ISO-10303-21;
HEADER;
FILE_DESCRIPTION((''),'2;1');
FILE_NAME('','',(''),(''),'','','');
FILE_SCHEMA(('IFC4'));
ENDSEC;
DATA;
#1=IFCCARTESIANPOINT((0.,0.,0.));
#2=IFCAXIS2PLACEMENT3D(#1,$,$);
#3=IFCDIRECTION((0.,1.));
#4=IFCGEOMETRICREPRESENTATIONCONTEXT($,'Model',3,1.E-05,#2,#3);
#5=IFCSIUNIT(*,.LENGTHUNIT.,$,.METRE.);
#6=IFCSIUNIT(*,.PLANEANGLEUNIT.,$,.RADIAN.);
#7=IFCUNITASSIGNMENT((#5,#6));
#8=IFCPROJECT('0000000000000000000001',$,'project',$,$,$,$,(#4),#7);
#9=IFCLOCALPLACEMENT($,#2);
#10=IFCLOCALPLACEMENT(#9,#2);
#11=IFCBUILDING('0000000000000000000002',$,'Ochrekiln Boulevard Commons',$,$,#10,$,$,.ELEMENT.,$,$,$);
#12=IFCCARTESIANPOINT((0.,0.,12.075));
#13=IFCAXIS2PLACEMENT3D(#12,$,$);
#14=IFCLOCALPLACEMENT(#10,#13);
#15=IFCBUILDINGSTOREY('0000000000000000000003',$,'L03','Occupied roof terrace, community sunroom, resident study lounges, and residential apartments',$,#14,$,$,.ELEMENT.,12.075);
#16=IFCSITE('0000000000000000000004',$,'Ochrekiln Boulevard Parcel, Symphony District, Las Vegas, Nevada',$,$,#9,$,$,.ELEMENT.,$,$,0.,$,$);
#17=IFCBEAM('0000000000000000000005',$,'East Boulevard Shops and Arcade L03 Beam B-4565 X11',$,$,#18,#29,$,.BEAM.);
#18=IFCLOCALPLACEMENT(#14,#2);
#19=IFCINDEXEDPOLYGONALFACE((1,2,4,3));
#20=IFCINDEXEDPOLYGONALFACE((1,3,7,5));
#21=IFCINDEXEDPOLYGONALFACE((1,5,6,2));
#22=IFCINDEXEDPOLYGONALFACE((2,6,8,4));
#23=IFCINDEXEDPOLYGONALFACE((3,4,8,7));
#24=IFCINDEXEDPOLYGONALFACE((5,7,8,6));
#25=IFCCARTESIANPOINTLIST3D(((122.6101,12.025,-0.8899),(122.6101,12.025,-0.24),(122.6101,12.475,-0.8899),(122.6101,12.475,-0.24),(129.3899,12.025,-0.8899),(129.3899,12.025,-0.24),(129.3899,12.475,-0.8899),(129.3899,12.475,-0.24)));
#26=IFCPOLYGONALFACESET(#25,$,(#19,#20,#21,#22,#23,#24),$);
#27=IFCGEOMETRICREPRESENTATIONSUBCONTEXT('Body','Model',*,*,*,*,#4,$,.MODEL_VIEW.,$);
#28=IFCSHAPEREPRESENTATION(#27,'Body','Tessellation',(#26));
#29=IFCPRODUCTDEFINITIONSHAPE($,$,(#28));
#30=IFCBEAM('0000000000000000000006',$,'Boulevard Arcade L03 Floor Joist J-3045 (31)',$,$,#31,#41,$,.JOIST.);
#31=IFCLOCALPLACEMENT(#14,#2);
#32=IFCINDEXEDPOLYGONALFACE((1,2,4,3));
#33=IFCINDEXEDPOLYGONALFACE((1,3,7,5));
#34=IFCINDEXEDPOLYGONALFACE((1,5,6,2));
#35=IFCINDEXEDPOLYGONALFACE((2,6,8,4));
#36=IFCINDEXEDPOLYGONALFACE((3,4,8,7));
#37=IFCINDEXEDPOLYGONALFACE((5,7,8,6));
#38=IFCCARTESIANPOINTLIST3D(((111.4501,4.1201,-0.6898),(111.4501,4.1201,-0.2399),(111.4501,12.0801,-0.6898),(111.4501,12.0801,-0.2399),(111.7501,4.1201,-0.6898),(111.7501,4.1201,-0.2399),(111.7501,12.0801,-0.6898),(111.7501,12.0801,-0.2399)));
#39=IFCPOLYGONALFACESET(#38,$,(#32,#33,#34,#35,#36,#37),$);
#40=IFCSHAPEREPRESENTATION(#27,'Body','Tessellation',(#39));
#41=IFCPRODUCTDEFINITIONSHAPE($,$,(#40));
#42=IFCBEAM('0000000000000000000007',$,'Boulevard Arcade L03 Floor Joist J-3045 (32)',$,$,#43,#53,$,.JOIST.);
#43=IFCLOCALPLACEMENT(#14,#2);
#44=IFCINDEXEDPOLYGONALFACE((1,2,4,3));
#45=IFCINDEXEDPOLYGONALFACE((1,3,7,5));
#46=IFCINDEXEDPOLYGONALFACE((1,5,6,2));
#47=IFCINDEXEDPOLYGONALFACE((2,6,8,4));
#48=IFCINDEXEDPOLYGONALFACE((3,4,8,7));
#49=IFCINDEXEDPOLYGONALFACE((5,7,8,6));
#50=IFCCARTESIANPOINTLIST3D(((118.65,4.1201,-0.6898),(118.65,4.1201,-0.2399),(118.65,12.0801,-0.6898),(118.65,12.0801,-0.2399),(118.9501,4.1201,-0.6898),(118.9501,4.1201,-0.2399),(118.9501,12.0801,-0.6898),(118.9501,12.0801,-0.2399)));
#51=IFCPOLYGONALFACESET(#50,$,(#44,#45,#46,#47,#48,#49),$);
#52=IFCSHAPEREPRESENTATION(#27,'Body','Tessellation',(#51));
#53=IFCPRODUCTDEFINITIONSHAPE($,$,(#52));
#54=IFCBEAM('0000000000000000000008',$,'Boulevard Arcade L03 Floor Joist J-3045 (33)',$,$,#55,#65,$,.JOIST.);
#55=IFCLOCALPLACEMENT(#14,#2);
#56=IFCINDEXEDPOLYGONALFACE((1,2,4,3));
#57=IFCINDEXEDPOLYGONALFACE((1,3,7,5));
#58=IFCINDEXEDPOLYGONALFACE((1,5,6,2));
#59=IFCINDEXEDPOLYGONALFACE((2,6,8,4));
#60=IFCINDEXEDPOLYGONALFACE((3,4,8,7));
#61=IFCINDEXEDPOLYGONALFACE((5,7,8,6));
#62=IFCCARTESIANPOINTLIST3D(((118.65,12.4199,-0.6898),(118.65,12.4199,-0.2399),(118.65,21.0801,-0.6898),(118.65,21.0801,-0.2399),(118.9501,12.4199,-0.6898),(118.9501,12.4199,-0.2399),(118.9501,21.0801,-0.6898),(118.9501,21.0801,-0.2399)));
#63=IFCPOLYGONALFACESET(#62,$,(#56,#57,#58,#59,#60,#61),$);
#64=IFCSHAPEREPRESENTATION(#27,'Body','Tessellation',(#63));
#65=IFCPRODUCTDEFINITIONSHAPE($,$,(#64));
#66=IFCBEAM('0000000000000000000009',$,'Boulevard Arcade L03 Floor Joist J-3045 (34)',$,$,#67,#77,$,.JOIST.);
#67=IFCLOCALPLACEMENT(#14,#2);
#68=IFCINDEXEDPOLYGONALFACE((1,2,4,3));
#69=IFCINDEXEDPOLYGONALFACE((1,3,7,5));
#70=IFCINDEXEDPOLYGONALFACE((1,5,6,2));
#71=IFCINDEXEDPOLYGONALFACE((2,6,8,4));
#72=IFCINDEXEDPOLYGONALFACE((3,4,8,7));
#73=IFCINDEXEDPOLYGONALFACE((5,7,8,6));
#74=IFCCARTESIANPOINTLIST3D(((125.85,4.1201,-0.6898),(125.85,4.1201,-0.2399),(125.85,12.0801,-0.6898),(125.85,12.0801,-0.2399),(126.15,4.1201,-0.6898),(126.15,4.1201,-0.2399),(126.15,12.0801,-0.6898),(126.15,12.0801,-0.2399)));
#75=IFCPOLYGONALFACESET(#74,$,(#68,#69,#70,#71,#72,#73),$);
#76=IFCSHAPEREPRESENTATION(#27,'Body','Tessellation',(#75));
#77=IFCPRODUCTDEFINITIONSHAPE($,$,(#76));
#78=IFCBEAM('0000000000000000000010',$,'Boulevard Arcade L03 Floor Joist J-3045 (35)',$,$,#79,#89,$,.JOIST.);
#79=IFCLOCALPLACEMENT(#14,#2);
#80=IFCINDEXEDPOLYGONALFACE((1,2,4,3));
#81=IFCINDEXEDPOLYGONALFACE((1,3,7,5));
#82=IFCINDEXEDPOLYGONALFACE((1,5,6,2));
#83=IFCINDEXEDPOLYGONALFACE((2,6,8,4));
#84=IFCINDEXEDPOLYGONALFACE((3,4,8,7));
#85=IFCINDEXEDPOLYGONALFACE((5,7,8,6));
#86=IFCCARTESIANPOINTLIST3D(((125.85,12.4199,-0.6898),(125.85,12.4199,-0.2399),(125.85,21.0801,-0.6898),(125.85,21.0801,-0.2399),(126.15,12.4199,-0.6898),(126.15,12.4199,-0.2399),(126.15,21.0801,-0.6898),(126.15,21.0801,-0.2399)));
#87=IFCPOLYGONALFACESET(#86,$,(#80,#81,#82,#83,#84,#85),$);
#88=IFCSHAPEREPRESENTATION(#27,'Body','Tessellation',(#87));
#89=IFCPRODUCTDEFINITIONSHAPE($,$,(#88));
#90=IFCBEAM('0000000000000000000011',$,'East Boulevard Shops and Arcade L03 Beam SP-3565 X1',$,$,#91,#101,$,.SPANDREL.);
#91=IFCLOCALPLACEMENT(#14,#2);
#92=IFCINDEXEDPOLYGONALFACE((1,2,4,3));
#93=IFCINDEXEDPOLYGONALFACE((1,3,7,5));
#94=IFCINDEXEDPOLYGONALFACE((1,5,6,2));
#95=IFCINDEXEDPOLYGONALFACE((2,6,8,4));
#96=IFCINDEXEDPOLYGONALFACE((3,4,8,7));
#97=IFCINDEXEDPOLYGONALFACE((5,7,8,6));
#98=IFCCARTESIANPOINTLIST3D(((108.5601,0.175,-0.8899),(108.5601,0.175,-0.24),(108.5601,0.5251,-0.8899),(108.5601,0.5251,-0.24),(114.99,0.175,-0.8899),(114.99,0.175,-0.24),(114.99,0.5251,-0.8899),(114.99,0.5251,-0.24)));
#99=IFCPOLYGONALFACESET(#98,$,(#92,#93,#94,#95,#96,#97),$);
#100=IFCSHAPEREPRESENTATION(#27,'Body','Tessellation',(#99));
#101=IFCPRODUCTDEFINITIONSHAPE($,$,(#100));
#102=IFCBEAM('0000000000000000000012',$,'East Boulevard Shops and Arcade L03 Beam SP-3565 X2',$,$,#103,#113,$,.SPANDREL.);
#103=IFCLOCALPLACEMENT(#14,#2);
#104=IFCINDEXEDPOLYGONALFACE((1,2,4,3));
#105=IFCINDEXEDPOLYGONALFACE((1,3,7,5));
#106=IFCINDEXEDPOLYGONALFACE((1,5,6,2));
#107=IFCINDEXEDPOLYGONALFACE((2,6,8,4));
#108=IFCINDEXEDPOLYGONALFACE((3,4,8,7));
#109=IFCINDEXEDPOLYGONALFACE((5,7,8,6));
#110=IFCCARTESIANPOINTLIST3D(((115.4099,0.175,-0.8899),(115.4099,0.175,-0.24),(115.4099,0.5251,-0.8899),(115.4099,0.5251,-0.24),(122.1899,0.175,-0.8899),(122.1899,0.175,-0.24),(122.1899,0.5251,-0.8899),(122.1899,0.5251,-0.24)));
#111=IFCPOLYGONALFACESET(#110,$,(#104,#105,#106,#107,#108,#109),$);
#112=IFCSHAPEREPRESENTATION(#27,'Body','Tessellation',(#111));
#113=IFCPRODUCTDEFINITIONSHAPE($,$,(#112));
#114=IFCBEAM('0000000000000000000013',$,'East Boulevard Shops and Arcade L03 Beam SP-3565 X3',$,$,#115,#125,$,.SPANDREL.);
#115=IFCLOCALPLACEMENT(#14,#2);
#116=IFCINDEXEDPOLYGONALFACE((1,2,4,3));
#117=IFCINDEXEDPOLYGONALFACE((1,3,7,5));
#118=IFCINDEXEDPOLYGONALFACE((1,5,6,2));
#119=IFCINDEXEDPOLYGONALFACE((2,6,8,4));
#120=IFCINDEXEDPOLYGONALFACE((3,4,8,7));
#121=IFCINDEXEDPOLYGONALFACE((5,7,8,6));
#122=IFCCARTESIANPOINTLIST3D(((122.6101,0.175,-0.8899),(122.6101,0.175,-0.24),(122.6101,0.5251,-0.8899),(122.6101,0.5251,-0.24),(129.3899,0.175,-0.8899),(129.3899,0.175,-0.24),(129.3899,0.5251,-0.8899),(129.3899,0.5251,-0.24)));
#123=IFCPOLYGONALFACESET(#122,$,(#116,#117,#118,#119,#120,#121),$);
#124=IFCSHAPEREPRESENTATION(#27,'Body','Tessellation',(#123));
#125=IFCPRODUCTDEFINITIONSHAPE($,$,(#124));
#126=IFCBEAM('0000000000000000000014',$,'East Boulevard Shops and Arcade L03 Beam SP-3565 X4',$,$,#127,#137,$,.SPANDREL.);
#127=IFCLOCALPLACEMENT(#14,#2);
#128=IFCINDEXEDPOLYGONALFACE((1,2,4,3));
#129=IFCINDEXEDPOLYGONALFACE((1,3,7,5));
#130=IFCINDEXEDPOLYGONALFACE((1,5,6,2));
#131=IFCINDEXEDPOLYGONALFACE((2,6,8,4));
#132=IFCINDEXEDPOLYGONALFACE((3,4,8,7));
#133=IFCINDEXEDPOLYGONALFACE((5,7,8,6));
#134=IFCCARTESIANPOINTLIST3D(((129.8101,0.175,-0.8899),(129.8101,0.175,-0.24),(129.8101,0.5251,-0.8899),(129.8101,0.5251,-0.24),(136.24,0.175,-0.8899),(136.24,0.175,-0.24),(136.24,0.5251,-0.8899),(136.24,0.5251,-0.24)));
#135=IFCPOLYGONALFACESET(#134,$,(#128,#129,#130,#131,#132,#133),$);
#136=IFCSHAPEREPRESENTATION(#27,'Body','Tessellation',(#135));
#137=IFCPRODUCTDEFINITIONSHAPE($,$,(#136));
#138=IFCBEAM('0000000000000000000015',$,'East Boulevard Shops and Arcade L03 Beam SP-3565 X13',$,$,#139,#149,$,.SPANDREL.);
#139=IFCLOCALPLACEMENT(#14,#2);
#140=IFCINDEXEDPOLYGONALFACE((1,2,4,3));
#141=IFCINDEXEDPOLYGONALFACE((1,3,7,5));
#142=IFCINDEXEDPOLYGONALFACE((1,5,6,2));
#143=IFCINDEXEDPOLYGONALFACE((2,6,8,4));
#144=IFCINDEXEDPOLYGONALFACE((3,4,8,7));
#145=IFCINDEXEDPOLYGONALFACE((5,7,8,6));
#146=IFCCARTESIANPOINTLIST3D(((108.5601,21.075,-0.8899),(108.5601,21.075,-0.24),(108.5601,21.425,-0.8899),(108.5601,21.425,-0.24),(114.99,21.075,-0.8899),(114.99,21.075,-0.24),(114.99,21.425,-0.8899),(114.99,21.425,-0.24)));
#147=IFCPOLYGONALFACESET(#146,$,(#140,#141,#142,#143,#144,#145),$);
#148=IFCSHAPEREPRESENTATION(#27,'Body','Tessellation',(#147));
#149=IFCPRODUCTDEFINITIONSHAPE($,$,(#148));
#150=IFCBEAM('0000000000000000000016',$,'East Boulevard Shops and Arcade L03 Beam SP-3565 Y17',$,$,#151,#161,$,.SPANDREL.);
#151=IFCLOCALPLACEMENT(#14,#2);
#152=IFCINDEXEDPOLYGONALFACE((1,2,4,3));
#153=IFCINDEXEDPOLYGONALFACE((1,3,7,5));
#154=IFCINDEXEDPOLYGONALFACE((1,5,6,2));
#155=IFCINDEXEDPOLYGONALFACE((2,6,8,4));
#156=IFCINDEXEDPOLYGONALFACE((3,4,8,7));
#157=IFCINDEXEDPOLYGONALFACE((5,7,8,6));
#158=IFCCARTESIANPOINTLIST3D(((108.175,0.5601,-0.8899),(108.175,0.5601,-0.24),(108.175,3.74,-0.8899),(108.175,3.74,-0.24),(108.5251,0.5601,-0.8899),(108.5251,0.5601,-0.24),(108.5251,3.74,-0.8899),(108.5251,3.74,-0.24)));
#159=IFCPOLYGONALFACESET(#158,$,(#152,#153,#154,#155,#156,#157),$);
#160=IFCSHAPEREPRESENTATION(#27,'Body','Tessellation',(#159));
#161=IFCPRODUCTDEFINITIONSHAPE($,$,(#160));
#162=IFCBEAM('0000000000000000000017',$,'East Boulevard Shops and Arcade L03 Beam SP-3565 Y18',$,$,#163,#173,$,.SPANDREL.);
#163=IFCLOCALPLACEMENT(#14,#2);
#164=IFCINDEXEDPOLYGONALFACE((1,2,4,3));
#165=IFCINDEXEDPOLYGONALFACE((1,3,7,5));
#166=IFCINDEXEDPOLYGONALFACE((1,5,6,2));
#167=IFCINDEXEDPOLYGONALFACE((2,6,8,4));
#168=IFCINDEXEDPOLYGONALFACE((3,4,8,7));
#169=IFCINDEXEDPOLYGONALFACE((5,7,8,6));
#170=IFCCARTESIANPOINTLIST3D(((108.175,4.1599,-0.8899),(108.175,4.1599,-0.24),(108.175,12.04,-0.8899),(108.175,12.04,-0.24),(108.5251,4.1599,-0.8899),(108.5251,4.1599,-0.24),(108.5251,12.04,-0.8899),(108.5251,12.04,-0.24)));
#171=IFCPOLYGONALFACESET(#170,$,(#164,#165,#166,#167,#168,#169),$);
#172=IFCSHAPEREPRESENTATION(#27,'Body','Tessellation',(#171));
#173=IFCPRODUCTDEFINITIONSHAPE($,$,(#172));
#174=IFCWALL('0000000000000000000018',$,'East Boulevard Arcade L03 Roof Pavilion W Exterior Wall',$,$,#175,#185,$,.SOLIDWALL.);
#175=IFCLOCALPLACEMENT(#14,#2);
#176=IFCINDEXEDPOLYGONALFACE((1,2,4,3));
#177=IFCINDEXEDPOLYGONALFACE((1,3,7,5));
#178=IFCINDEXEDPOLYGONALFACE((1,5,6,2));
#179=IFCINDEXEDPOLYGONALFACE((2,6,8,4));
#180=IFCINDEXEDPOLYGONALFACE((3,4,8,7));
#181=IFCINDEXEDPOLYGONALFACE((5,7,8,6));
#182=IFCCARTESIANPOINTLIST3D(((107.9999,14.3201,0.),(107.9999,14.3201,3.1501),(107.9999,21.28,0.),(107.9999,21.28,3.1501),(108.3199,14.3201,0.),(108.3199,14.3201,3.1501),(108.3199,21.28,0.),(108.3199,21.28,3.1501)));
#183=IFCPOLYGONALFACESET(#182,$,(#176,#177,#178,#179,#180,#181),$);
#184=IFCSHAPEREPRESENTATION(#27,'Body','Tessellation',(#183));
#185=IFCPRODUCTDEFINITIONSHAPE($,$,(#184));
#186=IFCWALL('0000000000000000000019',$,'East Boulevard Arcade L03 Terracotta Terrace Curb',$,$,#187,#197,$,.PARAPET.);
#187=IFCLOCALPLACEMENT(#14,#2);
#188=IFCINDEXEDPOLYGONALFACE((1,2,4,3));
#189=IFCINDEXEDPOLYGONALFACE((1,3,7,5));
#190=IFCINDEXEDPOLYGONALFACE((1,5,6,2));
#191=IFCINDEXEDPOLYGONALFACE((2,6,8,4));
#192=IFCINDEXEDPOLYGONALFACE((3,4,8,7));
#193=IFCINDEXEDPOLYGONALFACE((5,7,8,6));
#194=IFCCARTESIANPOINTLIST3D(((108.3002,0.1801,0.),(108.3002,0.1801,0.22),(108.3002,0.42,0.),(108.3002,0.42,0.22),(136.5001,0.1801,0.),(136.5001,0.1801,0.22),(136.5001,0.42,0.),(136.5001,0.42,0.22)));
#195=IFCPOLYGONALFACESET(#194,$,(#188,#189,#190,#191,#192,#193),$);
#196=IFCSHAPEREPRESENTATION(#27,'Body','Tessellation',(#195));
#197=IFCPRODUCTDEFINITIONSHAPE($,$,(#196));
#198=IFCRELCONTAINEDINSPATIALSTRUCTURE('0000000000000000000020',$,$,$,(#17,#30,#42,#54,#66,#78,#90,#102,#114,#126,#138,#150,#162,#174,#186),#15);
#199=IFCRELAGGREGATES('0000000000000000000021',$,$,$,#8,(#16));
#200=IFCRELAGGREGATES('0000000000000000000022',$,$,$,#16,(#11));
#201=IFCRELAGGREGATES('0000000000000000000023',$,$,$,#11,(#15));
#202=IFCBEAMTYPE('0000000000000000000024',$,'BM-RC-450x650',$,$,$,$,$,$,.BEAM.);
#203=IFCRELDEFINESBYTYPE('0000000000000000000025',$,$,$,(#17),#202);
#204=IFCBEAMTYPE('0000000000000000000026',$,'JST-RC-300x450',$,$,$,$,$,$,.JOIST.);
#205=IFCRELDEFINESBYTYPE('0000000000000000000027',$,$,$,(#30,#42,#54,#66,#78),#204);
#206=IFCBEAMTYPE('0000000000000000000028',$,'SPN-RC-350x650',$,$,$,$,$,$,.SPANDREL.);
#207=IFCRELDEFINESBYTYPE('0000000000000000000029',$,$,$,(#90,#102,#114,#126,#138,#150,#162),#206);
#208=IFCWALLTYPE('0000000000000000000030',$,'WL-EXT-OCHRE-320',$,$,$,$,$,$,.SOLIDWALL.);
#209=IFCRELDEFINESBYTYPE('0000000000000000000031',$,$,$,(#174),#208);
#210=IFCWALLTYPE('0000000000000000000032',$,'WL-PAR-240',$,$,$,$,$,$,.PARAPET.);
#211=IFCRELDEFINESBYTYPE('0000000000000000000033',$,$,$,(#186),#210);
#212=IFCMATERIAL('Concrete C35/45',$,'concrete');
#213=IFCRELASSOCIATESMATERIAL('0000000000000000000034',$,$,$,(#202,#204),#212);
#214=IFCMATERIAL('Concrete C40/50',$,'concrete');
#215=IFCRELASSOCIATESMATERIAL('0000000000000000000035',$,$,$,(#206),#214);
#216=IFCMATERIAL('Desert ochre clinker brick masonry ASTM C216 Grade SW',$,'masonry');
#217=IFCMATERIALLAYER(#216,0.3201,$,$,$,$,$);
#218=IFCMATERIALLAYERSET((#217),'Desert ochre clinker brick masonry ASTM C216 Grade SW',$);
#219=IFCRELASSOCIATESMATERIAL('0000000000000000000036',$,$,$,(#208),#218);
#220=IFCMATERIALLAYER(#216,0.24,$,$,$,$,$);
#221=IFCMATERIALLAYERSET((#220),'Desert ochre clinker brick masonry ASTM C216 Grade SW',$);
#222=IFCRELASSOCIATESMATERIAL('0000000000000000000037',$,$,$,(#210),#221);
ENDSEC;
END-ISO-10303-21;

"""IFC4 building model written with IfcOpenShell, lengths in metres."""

from ifc_helpers import new_model, si_unit, direction, frame, frame_2d, origin, origin_2d, place, context, subcontext, project, spatial, rectangle, extrude, material, layer, layer_set, material_profile, profile_set, type_object, element, save


model = new_model("IFC4")

# Units and contexts
model_context = context("Model", 3, precision=1e-05, world=origin(), true_north=direction((0.0, 1.0)))
body_context = subcontext(model_context, "Body", "Model", "MODEL_VIEW")
ifc_project = project(units=[si_unit("LENGTHUNIT", "METRE"), si_unit("PLANEANGLEUNIT", "RADIAN")], contexts=[model_context])

# Site, building, storey
site_placement = place(None, origin())
site = spatial("IfcSite", under=ifc_project, at=site_placement, Name="Ochrekiln Boulevard Parcel, Symphony District, Las Vegas, Nevada", CompositionType="ELEMENT", RefElevation=0.0)
building_placement = place(site_placement, origin())
building = spatial("IfcBuilding", under=site, at=building_placement, Name="Ochrekiln Boulevard Commons", CompositionType="ELEMENT")
storey_placement = place(building_placement, frame((0.0, 0.0, 12.075)))
storey = spatial("IfcBuildingStorey", under=building, at=storey_placement, Name="L03", Description="Occupied roof terrace, community sunroom, resident study lounges, and residential apartments", CompositionType="ELEMENT", Elevation=12.075)

# Beams
ifc_material_1 = material(Name="Concrete C35/45", Category="concrete")
ifc_material_profile_1 = material_profile(ifc_material_1, rectangle(XDim=0.45, YDim=0.6499, at=origin_2d()), Name="RC-BM-450x650")
ifc_profile_set_1 = profile_set([ifc_material_profile_1], Name="Concrete C35/45")
beam_type_1 = type_object("IfcBeamType", Name="BM-RC-450x650", PredefinedType="BEAM", material=ifc_profile_set_1)
beam_1_placement = place(storey_placement, frame((122.6101, 12.25, -0.5649), z_axis=(1.0, 0.0, 0.0), x_axis=(0.0, 1.0, 0.0)))
element("IfcBeam", 1, at=beam_1_placement, inside=storey, type_object=beam_type_1, Name="East Boulevard Shops and Arcade L03 Beam B-4565 X11", PredefinedType="BEAM", context=body_context, shape_type="SweptSolid", body=[
    extrude(rectangle(XDim=0.45, YDim=0.6499, at=origin_2d()), origin(), (0.0, 0.0, 1.0), 6.7798),
])
ifc_material_profile_2 = material_profile(ifc_material_1, rectangle(XDim=0.3, YDim=0.45, at=origin_2d()), Name="RC-JST-300x450")
ifc_profile_set_2 = profile_set([ifc_material_profile_2], Name="Concrete C35/45")
beam_type_2 = type_object("IfcBeamType", Name="JST-RC-300x450", PredefinedType="JOIST", material=ifc_profile_set_2)
for number, where, z_axis, x_axis, name in (
    (2, (111.6001, 4.1201, -0.4648), (0.0, 1.0, 0.0), (-1.0, 0.0, 0.0), "Boulevard Arcade L03 Floor Joist J-3045 (31)"),
    (3, (118.8, 4.1201, -0.4648), (0.0, 1.0, 0.0), (-1.0, 0.0, 0.0), "Boulevard Arcade L03 Floor Joist J-3045 (32)"),
):
    element("IfcBeam", number, at=place(storey_placement, frame(where, z_axis=z_axis, x_axis=x_axis)), inside=storey, type_object=beam_type_2, Name=name, PredefinedType="JOIST", context=body_context, shape_type="SweptSolid", body=[
        extrude(rectangle(XDim=0.3, YDim=0.45, at=origin_2d()), origin(), (0.0, 0.0, 1.0), 7.96),
    ])
beam_2_placement = place(storey_placement, frame((118.8, 12.4199, -0.4648), z_axis=(0.0, 1.0, 0.0), x_axis=(-1.0, 0.0, 0.0)))
element("IfcBeam", 4, at=beam_2_placement, inside=storey, type_object=beam_type_2, Name="Boulevard Arcade L03 Floor Joist J-3045 (33)", PredefinedType="JOIST", context=body_context, shape_type="SweptSolid", body=[
    extrude(rectangle(XDim=0.3, YDim=0.45, at=origin_2d()), origin(), (0.0, 0.0, 1.0), 8.6602),
])
beam_3_placement = place(storey_placement, frame((126.0, 4.1201, -0.4648), z_axis=(0.0, 1.0, 0.0), x_axis=(-1.0, 0.0, 0.0)))
element("IfcBeam", 5, at=beam_3_placement, inside=storey, type_object=beam_type_2, Name="Boulevard Arcade L03 Floor Joist J-3045 (34)", PredefinedType="JOIST", context=body_context, shape_type="SweptSolid", body=[
    extrude(rectangle(XDim=0.3, YDim=0.45, at=origin_2d()), origin(), (0.0, 0.0, 1.0), 7.96),
])
beam_4_placement = place(storey_placement, frame((126.0, 12.4199, -0.4648), z_axis=(0.0, 1.0, 0.0), x_axis=(-1.0, 0.0, 0.0)))
element("IfcBeam", 6, at=beam_4_placement, inside=storey, type_object=beam_type_2, Name="Boulevard Arcade L03 Floor Joist J-3045 (35)", PredefinedType="JOIST", context=body_context, shape_type="SweptSolid", body=[
    extrude(rectangle(XDim=0.3, YDim=0.45, at=origin_2d()), origin(), (0.0, 0.0, 1.0), 8.6602),
])
ifc_material_2 = material(Name="Concrete C40/50", Category="concrete")
ifc_material_profile_3 = material_profile(ifc_material_2, rectangle(XDim=0.3501, YDim=0.6499, at=origin_2d()), Name="RC-SPN-350x650")
ifc_profile_set_3 = profile_set([ifc_material_profile_3], Name="Concrete C40/50")
beam_type_3 = type_object("IfcBeamType", Name="SPN-RC-350x650", PredefinedType="SPANDREL", material=ifc_profile_set_3)
beam_5_placement = place(storey_placement, frame((108.5601, 0.3501, -0.5649), z_axis=(1.0, 0.0, 0.0), x_axis=(0.0, 1.0, 0.0)))
element("IfcBeam", 7, at=beam_5_placement, inside=storey, type_object=beam_type_3, Name="East Boulevard Shops and Arcade L03 Beam SP-3565 X1", PredefinedType="SPANDREL", context=body_context, shape_type="SweptSolid", body=[
    extrude(rectangle(XDim=0.3501, YDim=0.6499, at=origin_2d()), origin(), (0.0, 0.0, 1.0), 6.4299),
])
beam_6_placement = place(storey_placement, frame((115.4099, 0.3501, -0.5649), z_axis=(1.0, 0.0, 0.0), x_axis=(0.0, 1.0, 0.0)))
element("IfcBeam", 8, at=beam_6_placement, inside=storey, type_object=beam_type_3, Name="East Boulevard Shops and Arcade L03 Beam SP-3565 X2", PredefinedType="SPANDREL", context=body_context, shape_type="SweptSolid", body=[
    extrude(rectangle(XDim=0.3501, YDim=0.6499, at=origin_2d()), origin(), (0.0, 0.0, 1.0), 6.78),
])
beam_7_placement = place(storey_placement, frame((122.6101, 0.3501, -0.5649), z_axis=(1.0, 0.0, 0.0), x_axis=(0.0, 1.0, 0.0)))
element("IfcBeam", 9, at=beam_7_placement, inside=storey, type_object=beam_type_3, Name="East Boulevard Shops and Arcade L03 Beam SP-3565 X3", PredefinedType="SPANDREL", context=body_context, shape_type="SweptSolid", body=[
    extrude(rectangle(XDim=0.3501, YDim=0.6499, at=origin_2d()), origin(), (0.0, 0.0, 1.0), 6.7798),
])
for number, where, z_axis, x_axis, name in (
    (10, (129.8101, 0.3501, -0.5649), (1.0, 0.0, 0.0), (0.0, 1.0, 0.0), "East Boulevard Shops and Arcade L03 Beam SP-3565 X4"),
    (11, (108.5601, 21.25, -0.5649), (1.0, 0.0, 0.0), (0.0, 1.0, 0.0), "East Boulevard Shops and Arcade L03 Beam SP-3565 X13"),
):
    element("IfcBeam", number, at=place(storey_placement, frame(where, z_axis=z_axis, x_axis=x_axis)), inside=storey, type_object=beam_type_3, Name=name, PredefinedType="SPANDREL", context=body_context, shape_type="SweptSolid", body=[
        extrude(rectangle(XDim=0.3501, YDim=0.6499, at=origin_2d()), origin(), (0.0, 0.0, 1.0), 6.4299),
    ])
beam_8_placement = place(storey_placement, frame((108.3501, 0.5601, -0.5649), z_axis=(0.0, 1.0, 0.0), x_axis=(-1.0, 0.0, 0.0)))
element("IfcBeam", 12, at=beam_8_placement, inside=storey, type_object=beam_type_3, Name="East Boulevard Shops and Arcade L03 Beam SP-3565 Y17", PredefinedType="SPANDREL", context=body_context, shape_type="SweptSolid", body=[
    extrude(rectangle(XDim=0.3501, YDim=0.6499, at=origin_2d()), origin(), (0.0, 0.0, 1.0), 3.1799),
])
beam_9_placement = place(storey_placement, frame((108.3501, 4.1599, -0.5649), z_axis=(0.0, 1.0, 0.0), x_axis=(-1.0, 0.0, 0.0)))
element("IfcBeam", 13, at=beam_9_placement, inside=storey, type_object=beam_type_3, Name="East Boulevard Shops and Arcade L03 Beam SP-3565 Y18", PredefinedType="SPANDREL", context=body_context, shape_type="SweptSolid", body=[
    extrude(rectangle(XDim=0.3501, YDim=0.6499, at=origin_2d()), origin(), (0.0, 0.0, 1.0), 7.8801),
])

# Walls
ifc_material_3 = material(Name="Desert ochre clinker brick masonry ASTM C216 Grade SW", Category="masonry")
ifc_layer_1 = layer(ifc_material_3, 0.3201)
ifc_layer_set_1 = layer_set([ifc_layer_1], Name="Desert ochre clinker brick masonry ASTM C216 Grade SW")
wall_type_1 = type_object("IfcWallType", Name="WL-EXT-OCHRE-320", PredefinedType="SOLIDWALL", material=ifc_layer_set_1)
wall_1_placement = place(storey_placement, frame((108.1599, 14.3201, 0.0), z_axis=(0.0, 0.0, 1.0), x_axis=(0.0, 1.0, 0.0)))
element("IfcWall", 14, at=wall_1_placement, inside=storey, type_object=wall_type_1, Name="East Boulevard Arcade L03 Roof Pavilion W Exterior Wall", PredefinedType="SOLIDWALL", context=body_context, shape_type="SweptSolid", body=[
    extrude(rectangle(XDim=6.96, YDim=0.3201, at=frame_2d((3.48, 0.0))), origin(), (0.0, 0.0, 1.0), 3.1501),
])
ifc_layer_2 = layer(ifc_material_3, 0.24)
ifc_layer_set_2 = layer_set([ifc_layer_2], Name="Desert ochre clinker brick masonry ASTM C216 Grade SW")
wall_type_2 = type_object("IfcWallType", Name="WL-PAR-240", PredefinedType="PARAPET", material=ifc_layer_set_2)
wall_2_placement = place(storey_placement, frame((108.3, 0.3, 0.0), z_axis=(0.0, 0.0, 1.0), x_axis=(1.0, 0.0, 0.0)))
element("IfcWall", 15, at=wall_2_placement, inside=storey, type_object=wall_type_2, Name="East Boulevard Arcade L03 Terracotta Terrace Curb", PredefinedType="PARAPET", context=body_context, shape_type="SweptSolid", body=[
    extrude(rectangle(XDim=28.2, YDim=0.24, at=frame_2d((14.1001, 0.0))), origin(), (0.0, 0.0, 1.0), 0.22),
])

save(model, "model.ifc")
